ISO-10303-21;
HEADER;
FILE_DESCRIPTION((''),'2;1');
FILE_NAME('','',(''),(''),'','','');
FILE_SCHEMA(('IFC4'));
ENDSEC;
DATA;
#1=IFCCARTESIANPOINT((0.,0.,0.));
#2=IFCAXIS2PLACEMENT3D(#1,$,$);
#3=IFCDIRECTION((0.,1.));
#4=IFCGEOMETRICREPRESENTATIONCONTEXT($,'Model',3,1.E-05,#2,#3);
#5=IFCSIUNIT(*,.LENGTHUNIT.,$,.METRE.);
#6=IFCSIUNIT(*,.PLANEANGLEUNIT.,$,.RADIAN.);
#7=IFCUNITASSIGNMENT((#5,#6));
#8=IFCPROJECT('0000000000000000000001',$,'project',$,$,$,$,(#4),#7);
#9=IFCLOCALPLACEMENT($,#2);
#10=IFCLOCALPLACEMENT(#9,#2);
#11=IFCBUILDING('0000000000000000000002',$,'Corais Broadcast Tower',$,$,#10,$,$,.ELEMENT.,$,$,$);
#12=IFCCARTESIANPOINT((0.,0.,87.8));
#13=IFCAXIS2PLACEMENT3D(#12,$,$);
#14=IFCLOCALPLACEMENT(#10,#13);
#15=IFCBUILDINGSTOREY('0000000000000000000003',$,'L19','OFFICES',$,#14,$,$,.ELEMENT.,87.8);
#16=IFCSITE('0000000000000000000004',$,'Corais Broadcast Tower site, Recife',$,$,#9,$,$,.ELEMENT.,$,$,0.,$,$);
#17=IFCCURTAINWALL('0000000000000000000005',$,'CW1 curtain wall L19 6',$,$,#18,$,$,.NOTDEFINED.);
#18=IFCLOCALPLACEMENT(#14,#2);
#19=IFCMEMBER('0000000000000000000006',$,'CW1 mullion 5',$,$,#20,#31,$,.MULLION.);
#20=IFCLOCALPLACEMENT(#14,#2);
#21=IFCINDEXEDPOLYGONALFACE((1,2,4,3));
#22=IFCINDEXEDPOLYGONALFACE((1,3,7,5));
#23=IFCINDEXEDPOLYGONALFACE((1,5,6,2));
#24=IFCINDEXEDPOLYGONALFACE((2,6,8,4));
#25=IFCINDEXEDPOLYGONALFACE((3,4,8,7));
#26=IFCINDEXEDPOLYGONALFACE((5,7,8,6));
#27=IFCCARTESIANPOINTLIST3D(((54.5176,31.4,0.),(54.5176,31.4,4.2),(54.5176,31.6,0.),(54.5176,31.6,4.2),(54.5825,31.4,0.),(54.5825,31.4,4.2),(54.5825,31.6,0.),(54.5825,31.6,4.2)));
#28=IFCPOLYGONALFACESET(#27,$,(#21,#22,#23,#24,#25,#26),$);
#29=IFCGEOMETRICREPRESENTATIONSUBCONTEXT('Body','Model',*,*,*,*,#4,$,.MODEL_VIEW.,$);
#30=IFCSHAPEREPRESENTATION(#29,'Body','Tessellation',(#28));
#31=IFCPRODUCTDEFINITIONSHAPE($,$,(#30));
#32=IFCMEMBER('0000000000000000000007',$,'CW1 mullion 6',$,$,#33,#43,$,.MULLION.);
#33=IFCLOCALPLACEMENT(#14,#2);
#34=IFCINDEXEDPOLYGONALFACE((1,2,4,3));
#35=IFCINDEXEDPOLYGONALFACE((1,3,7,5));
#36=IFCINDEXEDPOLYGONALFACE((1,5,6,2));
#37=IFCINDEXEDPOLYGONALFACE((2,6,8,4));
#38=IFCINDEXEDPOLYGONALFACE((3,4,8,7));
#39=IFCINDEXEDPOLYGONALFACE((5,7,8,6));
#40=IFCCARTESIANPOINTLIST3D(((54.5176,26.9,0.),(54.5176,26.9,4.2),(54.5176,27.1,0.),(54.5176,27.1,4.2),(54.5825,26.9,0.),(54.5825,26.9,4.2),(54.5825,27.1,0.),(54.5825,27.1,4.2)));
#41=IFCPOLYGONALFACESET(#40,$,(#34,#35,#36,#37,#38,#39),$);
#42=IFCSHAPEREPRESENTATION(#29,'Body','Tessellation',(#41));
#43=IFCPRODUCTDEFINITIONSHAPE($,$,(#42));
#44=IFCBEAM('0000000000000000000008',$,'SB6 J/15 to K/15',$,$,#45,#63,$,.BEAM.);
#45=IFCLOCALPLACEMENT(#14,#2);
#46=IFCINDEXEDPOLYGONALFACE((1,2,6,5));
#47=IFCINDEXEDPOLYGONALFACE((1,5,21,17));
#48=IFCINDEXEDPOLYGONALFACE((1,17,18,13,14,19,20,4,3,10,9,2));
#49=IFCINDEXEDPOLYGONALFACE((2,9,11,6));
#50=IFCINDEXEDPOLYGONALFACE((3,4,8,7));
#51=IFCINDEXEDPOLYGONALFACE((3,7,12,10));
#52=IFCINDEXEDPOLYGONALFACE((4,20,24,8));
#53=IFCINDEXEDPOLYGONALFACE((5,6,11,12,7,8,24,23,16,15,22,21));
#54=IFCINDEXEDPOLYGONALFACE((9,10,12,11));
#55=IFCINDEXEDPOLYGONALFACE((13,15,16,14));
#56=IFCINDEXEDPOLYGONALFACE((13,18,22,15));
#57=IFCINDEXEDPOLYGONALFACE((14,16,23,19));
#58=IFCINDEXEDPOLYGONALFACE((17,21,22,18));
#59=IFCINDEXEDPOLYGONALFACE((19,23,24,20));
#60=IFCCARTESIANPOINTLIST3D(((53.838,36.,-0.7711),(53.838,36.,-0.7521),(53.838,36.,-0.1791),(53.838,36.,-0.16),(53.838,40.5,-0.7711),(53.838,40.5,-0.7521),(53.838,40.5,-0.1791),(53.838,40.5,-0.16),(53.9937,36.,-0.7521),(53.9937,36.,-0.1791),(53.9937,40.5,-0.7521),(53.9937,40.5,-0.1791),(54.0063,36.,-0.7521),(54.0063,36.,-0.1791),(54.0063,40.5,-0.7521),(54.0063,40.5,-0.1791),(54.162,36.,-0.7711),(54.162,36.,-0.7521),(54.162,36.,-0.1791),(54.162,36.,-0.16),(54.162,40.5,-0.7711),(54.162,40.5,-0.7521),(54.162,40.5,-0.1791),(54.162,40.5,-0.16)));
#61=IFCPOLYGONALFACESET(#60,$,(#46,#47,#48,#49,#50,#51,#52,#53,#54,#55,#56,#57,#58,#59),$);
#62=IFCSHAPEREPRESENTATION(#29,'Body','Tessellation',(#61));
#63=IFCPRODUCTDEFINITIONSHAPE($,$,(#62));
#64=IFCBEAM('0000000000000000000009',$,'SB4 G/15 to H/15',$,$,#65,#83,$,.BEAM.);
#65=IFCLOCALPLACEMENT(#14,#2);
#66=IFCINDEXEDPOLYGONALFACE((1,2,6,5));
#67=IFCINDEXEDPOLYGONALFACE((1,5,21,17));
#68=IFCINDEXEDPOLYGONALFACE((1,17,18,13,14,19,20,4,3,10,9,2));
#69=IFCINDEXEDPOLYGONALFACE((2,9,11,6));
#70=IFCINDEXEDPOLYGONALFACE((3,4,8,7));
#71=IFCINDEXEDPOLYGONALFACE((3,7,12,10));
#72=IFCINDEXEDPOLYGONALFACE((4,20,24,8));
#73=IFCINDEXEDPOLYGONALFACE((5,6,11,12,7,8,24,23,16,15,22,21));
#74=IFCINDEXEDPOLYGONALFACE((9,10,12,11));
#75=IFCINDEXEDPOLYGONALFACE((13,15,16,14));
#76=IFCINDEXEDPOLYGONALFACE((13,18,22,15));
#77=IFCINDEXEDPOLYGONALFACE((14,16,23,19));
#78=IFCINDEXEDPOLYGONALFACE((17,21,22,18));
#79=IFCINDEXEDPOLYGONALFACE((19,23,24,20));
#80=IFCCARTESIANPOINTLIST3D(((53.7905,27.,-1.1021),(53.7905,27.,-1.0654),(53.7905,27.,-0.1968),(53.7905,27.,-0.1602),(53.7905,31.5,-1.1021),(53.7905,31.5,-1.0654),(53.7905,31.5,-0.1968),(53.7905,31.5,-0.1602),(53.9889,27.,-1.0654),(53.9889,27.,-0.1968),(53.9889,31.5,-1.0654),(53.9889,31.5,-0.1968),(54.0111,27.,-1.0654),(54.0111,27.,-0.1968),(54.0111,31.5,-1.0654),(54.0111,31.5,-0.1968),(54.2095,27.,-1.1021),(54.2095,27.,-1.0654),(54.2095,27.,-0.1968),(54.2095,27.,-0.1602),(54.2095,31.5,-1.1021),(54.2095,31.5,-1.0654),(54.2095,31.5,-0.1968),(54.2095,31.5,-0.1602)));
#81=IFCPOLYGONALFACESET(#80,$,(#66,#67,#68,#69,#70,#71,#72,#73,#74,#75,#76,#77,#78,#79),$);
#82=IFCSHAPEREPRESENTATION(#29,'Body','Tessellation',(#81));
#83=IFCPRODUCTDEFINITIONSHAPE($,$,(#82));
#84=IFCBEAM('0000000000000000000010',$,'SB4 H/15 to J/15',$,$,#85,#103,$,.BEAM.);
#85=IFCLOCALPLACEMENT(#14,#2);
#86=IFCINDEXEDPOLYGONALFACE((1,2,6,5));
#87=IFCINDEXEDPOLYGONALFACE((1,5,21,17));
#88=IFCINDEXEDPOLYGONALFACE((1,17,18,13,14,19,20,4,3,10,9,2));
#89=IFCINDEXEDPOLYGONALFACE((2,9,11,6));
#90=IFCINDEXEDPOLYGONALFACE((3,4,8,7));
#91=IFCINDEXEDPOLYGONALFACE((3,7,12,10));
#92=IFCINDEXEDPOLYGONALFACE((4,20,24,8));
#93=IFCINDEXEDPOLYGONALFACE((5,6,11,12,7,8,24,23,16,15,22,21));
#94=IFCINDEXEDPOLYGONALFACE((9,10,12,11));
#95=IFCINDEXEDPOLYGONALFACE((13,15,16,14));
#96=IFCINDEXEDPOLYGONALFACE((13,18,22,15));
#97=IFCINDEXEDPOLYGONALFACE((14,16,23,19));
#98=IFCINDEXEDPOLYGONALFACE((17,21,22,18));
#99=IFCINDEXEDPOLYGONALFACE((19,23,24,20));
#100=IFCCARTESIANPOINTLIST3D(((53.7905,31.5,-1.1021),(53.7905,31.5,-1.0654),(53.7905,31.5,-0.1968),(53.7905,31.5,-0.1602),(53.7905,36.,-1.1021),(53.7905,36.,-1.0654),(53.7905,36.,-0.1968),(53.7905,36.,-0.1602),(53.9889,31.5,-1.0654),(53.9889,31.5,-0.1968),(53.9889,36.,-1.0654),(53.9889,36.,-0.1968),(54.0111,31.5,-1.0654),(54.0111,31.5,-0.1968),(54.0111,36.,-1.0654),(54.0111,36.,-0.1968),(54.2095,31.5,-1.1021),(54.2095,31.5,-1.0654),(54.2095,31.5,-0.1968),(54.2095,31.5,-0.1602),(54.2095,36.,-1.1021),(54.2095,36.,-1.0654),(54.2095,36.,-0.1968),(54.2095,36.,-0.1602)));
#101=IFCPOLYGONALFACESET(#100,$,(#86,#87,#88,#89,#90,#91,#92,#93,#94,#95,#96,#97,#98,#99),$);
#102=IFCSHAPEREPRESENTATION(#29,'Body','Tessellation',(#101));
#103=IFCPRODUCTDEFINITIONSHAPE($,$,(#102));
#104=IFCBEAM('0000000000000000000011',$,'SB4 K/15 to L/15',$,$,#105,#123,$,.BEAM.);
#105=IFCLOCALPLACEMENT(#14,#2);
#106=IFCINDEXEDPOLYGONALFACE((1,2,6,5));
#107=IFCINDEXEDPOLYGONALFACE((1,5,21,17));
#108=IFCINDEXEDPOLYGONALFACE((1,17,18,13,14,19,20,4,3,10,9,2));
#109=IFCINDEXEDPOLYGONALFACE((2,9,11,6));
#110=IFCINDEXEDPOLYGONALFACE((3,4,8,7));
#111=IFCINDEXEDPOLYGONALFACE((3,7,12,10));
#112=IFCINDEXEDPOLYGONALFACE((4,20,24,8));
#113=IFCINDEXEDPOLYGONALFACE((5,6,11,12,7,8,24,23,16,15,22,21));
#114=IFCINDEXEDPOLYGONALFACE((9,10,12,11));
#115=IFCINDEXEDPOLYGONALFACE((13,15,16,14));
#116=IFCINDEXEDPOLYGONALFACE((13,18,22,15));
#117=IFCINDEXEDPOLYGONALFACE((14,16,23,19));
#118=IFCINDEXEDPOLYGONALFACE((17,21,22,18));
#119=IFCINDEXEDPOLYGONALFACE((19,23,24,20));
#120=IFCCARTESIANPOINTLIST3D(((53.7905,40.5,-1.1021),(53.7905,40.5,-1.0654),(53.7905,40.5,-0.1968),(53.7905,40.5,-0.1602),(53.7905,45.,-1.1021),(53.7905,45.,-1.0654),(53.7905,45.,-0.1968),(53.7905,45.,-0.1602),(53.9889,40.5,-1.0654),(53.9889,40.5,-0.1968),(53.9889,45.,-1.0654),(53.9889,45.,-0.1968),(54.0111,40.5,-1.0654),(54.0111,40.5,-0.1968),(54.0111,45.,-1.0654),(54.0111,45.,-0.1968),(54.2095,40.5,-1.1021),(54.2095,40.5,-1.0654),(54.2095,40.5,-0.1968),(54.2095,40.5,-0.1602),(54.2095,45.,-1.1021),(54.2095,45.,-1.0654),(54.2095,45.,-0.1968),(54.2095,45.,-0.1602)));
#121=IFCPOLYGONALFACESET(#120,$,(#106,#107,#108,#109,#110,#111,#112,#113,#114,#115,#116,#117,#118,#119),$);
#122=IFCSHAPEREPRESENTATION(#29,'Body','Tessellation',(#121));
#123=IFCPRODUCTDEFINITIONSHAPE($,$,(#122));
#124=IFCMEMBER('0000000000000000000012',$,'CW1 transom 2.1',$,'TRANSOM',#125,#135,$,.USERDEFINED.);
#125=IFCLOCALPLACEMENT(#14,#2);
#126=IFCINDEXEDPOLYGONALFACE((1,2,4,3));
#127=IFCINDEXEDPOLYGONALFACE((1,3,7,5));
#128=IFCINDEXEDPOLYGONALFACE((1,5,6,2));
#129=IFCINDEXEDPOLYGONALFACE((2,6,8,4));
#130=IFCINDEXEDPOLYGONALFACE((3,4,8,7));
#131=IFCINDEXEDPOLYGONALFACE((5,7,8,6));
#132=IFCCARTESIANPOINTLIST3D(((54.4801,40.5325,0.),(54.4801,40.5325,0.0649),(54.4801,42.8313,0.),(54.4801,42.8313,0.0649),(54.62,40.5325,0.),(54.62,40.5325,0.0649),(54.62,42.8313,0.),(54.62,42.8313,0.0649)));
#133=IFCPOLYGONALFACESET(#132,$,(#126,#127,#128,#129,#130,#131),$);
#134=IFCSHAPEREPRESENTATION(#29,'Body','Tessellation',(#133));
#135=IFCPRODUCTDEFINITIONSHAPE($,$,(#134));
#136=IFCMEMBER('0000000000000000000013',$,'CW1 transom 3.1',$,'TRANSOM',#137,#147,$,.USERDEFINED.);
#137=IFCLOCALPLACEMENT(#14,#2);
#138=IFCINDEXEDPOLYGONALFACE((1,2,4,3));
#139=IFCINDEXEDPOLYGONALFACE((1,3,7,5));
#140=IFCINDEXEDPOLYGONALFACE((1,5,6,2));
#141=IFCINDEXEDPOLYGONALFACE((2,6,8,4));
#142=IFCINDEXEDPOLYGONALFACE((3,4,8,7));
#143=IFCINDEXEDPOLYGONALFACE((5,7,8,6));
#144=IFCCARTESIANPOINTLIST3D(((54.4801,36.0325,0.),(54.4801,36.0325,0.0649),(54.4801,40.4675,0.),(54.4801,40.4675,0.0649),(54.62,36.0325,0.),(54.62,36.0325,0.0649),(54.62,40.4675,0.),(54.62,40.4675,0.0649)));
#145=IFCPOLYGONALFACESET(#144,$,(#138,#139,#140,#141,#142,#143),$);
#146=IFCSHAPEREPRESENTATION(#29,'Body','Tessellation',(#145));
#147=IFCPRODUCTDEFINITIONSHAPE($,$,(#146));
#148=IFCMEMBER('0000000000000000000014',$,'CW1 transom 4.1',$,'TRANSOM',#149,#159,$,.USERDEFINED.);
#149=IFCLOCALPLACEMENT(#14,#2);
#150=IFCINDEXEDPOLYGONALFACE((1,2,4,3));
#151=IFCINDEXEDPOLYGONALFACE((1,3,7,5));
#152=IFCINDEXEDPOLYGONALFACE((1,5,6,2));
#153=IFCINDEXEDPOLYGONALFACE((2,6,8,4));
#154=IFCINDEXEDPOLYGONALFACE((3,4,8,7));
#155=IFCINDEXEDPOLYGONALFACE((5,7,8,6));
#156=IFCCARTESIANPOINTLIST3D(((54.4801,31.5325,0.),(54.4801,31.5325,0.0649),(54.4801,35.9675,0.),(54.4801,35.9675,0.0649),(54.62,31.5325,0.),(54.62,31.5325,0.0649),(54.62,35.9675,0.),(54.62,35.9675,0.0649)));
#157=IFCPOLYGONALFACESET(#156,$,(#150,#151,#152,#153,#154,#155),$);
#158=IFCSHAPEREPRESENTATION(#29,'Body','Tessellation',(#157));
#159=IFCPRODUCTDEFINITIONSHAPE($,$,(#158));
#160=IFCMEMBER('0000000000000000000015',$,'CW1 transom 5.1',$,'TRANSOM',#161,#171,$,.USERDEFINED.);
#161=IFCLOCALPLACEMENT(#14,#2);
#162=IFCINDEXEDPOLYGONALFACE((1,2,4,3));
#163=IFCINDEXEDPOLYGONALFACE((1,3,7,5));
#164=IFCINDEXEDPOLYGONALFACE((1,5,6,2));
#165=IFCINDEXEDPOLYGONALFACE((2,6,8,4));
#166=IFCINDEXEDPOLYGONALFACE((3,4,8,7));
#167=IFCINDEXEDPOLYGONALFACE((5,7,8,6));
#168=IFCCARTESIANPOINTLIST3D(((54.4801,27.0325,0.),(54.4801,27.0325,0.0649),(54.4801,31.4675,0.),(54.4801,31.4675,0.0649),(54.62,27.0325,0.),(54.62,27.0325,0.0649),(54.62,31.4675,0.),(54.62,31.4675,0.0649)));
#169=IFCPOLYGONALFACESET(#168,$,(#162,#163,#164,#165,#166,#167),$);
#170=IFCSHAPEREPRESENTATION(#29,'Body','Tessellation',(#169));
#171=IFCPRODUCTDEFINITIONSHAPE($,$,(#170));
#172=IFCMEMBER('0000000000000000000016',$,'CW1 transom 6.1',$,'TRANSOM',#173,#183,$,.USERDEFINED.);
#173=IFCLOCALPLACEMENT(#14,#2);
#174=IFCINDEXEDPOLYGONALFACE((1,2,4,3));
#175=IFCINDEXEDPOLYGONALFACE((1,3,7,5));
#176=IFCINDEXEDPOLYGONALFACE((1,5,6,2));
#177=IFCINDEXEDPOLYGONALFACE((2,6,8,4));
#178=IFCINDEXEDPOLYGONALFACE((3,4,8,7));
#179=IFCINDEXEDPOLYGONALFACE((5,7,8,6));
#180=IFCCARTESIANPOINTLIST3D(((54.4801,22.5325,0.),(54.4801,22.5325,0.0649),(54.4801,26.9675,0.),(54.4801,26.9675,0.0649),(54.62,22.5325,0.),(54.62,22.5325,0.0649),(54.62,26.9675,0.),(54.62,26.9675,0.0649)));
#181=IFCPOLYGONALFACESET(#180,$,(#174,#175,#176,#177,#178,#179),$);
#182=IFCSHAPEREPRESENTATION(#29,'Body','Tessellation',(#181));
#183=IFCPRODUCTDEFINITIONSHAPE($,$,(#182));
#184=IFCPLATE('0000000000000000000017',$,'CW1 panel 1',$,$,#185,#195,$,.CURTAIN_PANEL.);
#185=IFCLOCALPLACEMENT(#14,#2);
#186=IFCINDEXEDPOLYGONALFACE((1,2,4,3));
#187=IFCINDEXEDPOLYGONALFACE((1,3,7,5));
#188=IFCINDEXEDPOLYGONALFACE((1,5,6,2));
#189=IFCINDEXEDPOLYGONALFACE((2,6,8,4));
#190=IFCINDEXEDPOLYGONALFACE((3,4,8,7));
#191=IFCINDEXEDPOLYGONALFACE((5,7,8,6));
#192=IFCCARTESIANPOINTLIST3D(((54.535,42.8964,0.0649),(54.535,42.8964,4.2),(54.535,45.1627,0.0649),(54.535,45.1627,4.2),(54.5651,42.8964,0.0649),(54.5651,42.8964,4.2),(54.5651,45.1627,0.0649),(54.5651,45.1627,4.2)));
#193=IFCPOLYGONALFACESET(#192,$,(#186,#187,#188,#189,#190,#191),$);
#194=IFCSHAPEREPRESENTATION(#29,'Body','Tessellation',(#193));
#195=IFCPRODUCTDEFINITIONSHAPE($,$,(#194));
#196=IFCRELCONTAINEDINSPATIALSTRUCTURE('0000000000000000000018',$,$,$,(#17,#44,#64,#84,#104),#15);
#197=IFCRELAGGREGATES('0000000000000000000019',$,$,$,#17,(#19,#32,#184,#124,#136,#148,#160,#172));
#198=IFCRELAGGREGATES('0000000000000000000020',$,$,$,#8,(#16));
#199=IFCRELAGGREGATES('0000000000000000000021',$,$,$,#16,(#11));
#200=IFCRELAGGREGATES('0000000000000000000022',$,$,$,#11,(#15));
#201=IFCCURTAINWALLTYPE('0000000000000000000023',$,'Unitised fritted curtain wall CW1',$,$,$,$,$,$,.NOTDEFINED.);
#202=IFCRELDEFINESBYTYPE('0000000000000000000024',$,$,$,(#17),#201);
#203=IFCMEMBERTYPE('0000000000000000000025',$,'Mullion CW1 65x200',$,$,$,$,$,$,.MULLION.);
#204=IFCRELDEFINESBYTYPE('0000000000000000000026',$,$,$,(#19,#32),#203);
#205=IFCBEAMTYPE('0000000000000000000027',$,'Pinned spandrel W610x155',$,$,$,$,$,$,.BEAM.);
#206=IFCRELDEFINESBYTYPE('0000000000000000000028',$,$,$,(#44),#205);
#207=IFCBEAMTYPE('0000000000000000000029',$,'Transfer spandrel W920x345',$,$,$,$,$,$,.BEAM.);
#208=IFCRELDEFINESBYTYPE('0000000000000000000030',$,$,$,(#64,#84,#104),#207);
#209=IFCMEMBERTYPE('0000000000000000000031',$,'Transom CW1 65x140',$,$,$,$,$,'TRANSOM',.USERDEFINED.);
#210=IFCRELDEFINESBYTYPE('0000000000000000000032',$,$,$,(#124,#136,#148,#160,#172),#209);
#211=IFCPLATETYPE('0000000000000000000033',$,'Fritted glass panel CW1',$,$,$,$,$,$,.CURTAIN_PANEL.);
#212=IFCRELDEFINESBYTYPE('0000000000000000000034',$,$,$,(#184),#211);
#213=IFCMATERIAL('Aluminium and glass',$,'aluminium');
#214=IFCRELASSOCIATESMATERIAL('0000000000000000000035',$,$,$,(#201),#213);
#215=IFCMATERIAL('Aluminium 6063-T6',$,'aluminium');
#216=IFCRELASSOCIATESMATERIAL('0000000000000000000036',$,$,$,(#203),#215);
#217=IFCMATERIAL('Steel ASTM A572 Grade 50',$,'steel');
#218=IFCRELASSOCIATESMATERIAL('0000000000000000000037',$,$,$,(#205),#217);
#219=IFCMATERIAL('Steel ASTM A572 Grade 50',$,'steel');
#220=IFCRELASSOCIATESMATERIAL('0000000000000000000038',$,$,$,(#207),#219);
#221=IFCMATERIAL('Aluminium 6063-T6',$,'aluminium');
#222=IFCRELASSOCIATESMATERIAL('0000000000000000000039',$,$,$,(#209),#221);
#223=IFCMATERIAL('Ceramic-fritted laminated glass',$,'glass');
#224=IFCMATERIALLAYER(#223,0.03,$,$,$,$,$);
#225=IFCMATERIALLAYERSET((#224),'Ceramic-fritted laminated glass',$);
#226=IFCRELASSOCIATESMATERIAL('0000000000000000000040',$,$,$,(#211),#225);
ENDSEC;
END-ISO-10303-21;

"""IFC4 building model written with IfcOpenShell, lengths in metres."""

from ifc_helpers import new_model, si_unit, direction, frame, origin, origin_2d, place, context, subcontext, project, spatial, rectangle, i_section, extrude, material, layer, layer_set, material_profile, profile_set, type_object, element, aggregate, save


model = new_model("IFC4")

# Units and contexts
model_context = context("Model", 3, precision=1e-05, world=origin(), true_north=direction((0.0, 1.0)))
body_context = subcontext(model_context, "Body", "Model", "MODEL_VIEW")
ifc_project = project(units=[si_unit("LENGTHUNIT", "METRE"), si_unit("PLANEANGLEUNIT", "RADIAN")], contexts=[model_context])

# Site, building, storey
site_placement = place(None, origin())
site = spatial("IfcSite", under=ifc_project, at=site_placement, Name="Corais Broadcast Tower site, Recife", CompositionType="ELEMENT", RefElevation=0.0)
building_placement = place(site_placement, origin())
building = spatial("IfcBuilding", under=site, at=building_placement, Name="Corais Broadcast Tower", CompositionType="ELEMENT")
storey_placement = place(building_placement, frame((0.0, 0.0, 87.8)))
storey = spatial("IfcBuildingStorey", under=building, at=storey_placement, Name="L19", Description="OFFICES", CompositionType="ELEMENT", Elevation=87.8)

# Curtain wall, members
ifc_material_1 = material(Name="Aluminium and glass", Category="aluminium")
curtain_wall_type = type_object("IfcCurtainWallType", Name="Unitised fritted curtain wall CW1", PredefinedType="NOTDEFINED", material=ifc_material_1)
curtain_wall_placement = place(storey_placement, origin())
curtain_wall = element("IfcCurtainWall", 1, at=curtain_wall_placement, inside=storey, type_object=curtain_wall_type, Name="CW1 curtain wall L19 6", PredefinedType="NOTDEFINED")
ifc_material_2 = material(Name="Aluminium 6063-T6", Category="aluminium")
ifc_material_profile_1 = material_profile(ifc_material_2, rectangle(XDim=0.0649, YDim=0.2, at=origin_2d()), Name="Mullion CW1 65x200")
ifc_profile_set_1 = profile_set([ifc_material_profile_1], Name="Aluminium 6063-T6")
member_type_1 = type_object("IfcMemberType", Name="Mullion CW1 65x200", PredefinedType="MULLION", material=ifc_profile_set_1)
member_1_placement = place(storey_placement, frame((54.55, 31.5, 0.0), z_axis=(0.0, 0.0, 1.0), x_axis=(1.0, 0.0, 0.0)))
member_1 = element("IfcMember", 2, at=member_1_placement, type_object=member_type_1, Name="CW1 mullion 5", PredefinedType="MULLION", context=body_context, shape_type="SweptSolid", body=[
    extrude(rectangle(XDim=0.0649, YDim=0.2, at=origin_2d()), origin(), (0.0, 0.0, 1.0), 4.2),
])
member_2_placement = place(storey_placement, frame((54.55, 27.0, 0.0), z_axis=(0.0, 0.0, 1.0), x_axis=(1.0, 0.0, 0.0)))
member_2 = element("IfcMember", 3, at=member_2_placement, type_object=member_type_1, Name="CW1 mullion 6", PredefinedType="MULLION", context=body_context, shape_type="SweptSolid", body=[
    extrude(rectangle(XDim=0.0649, YDim=0.2, at=origin_2d()), origin(), (0.0, 0.0, 1.0), 4.2),
])

# Beams
ifc_material_3 = material(Name="Steel ASTM A572 Grade 50", Category="steel")
ifc_material_profile_2 = material_profile(ifc_material_3, i_section(OverallWidth=0.324, OverallDepth=0.6111, WebThickness=0.0127, FlangeThickness=0.019, at=origin_2d()), Name="W610x155")
ifc_profile_set_2 = profile_set([ifc_material_profile_2], Name="Steel ASTM A572 Grade 50")
beam_type_1 = type_object("IfcBeamType", Name="Pinned spandrel W610x155", PredefinedType="BEAM", material=ifc_profile_set_2)
beam_placement = place(storey_placement, frame((54.0, 36.0, -0.4656), z_axis=(0.0, 1.0, 0.0), x_axis=(-1.0, 0.0, 0.0)))
element("IfcBeam", 4, at=beam_placement, inside=storey, type_object=beam_type_1, Name="SB6 J/15 to K/15", PredefinedType="BEAM", context=body_context, shape_type="SweptSolid", body=[
    extrude(i_section(OverallWidth=0.324, OverallDepth=0.6111, WebThickness=0.0127, FlangeThickness=0.019, at=origin_2d()), origin(), (0.0, 0.0, 1.0), 4.5),
])
ifc_material_4 = material(Name="Steel ASTM A572 Grade 50", Category="steel")
ifc_material_profile_3 = material_profile(ifc_material_4, i_section(OverallWidth=0.4189, OverallDepth=0.9419, WebThickness=0.0222, FlangeThickness=0.0366, at=origin_2d()), Name="W920x345")
ifc_profile_set_3 = profile_set([ifc_material_profile_3], Name="Steel ASTM A572 Grade 50")
beam_type_2 = type_object("IfcBeamType", Name="Transfer spandrel W920x345", PredefinedType="BEAM", material=ifc_profile_set_3)
for number, where, z_axis, x_axis, name in (
    (5, (54.0, 27.0, -0.6311), (0.0, 1.0, 0.0), (-1.0, 0.0, 0.0), "SB4 G/15 to H/15"),
    (6, (54.0, 31.5, -0.6311), (0.0, 1.0, 0.0), (-1.0, 0.0, 0.0), "SB4 H/15 to J/15"),
    (7, (54.0, 40.5, -0.6311), (0.0, 1.0, 0.0), (-1.0, 0.0, 0.0), "SB4 K/15 to L/15"),
):
    element("IfcBeam", number, at=place(storey_placement, frame(where, z_axis=z_axis, x_axis=x_axis)), inside=storey, type_object=beam_type_2, Name=name, PredefinedType="BEAM", context=body_context, shape_type="SweptSolid", body=[
        extrude(i_section(OverallWidth=0.4189, OverallDepth=0.9419, WebThickness=0.0222, FlangeThickness=0.0366, at=origin_2d()), origin(), (0.0, 0.0, 1.0), 4.5),
    ])

# Members
ifc_material_5 = material(Name="Aluminium 6063-T6", Category="aluminium")
ifc_material_profile_4 = material_profile(ifc_material_5, rectangle(XDim=0.1399, YDim=0.0649, at=origin_2d()), Name="Transom CW1 65x140")
ifc_profile_set_4 = profile_set([ifc_material_profile_4], Name="Aluminium 6063-T6")
member_type_2 = type_object("IfcMemberType", Name="Transom CW1 65x140", ElementType="TRANSOM", PredefinedType="USERDEFINED", material=ifc_profile_set_4)
member_3_placement = place(storey_placement, frame((54.55, 42.8313, 0.0325), z_axis=(0.0, -1.0, 0.0), x_axis=(1.0, 0.0, 0.0)))
member_3 = element("IfcMember", 8, at=member_3_placement, type_object=member_type_2, Name="CW1 transom 2.1", ObjectType="TRANSOM", PredefinedType="USERDEFINED", context=body_context, shape_type="SweptSolid", body=[
    extrude(rectangle(XDim=0.1399, YDim=0.0649, at=origin_2d()), origin(), (0.0, 0.0, 1.0), 2.2988),
])
member_4_placement = place(storey_placement, frame((54.55, 40.4675, 0.0325), z_axis=(0.0, -1.0, 0.0), x_axis=(1.0, 0.0, 0.0)))
member_4 = element("IfcMember", 9, at=member_4_placement, type_object=member_type_2, Name="CW1 transom 3.1", ObjectType="TRANSOM", PredefinedType="USERDEFINED", context=body_context, shape_type="SweptSolid", body=[
    extrude(rectangle(XDim=0.1399, YDim=0.0649, at=origin_2d()), origin(), (0.0, 0.0, 1.0), 4.4351),
])
member_5_placement = place(storey_placement, frame((54.55, 35.9675, 0.0325), z_axis=(0.0, -1.0, 0.0), x_axis=(1.0, 0.0, 0.0)))
member_5 = element("IfcMember", 10, at=member_5_placement, type_object=member_type_2, Name="CW1 transom 4.1", ObjectType="TRANSOM", PredefinedType="USERDEFINED", context=body_context, shape_type="SweptSolid", body=[
    extrude(rectangle(XDim=0.1399, YDim=0.0649, at=origin_2d()), origin(), (0.0, 0.0, 1.0), 4.4351),
])
member_6_placement = place(storey_placement, frame((54.55, 31.4675, 0.0325), z_axis=(0.0, -1.0, 0.0), x_axis=(1.0, 0.0, 0.0)))
member_6 = element("IfcMember", 11, at=member_6_placement, type_object=member_type_2, Name="CW1 transom 5.1", ObjectType="TRANSOM", PredefinedType="USERDEFINED", context=body_context, shape_type="SweptSolid", body=[
    extrude(rectangle(XDim=0.1399, YDim=0.0649, at=origin_2d()), origin(), (0.0, 0.0, 1.0), 4.4351),
])
member_7_placement = place(storey_placement, frame((54.55, 26.9675, 0.0325), z_axis=(0.0, -1.0, 0.0), x_axis=(1.0, 0.0, 0.0)))
member_7 = element("IfcMember", 12, at=member_7_placement, type_object=member_type_2, Name="CW1 transom 6.1", ObjectType="TRANSOM", PredefinedType="USERDEFINED", context=body_context, shape_type="SweptSolid", body=[
    extrude(rectangle(XDim=0.1399, YDim=0.0649, at=origin_2d()), origin(), (0.0, 0.0, 1.0), 4.4351),
])

# Plate
ifc_material_6 = material(Name="Ceramic-fritted laminated glass", Category="glass")
ifc_layer_1 = layer(ifc_material_6, 0.03)
ifc_layer_set_1 = layer_set([ifc_layer_1], Name="Ceramic-fritted laminated glass")
plate_type_1 = type_object("IfcPlateType", Name="Fritted glass panel CW1", PredefinedType="CURTAIN_PANEL", material=ifc_layer_set_1)
plate_1_placement = place(storey_placement, frame((54.55, 44.0295, 0.0649), z_axis=(0.0, 0.0, 1.0), x_axis=(0.0, -1.0, 0.0)))
plate_1 = element("IfcPlate", 13, at=plate_1_placement, type_object=plate_type_1, Name="CW1 panel 1", PredefinedType="CURTAIN_PANEL", context=body_context, shape_type="SweptSolid", body=[
    extrude(rectangle(XDim=2.2664, YDim=0.03, at=origin_2d()), origin(), (0.0, 0.0, 1.0), 4.135),
])
aggregate(curtain_wall, [member_1, member_2, plate_1, member_3, member_4, member_5, member_6, member_7])

save(model, "model.ifc")
